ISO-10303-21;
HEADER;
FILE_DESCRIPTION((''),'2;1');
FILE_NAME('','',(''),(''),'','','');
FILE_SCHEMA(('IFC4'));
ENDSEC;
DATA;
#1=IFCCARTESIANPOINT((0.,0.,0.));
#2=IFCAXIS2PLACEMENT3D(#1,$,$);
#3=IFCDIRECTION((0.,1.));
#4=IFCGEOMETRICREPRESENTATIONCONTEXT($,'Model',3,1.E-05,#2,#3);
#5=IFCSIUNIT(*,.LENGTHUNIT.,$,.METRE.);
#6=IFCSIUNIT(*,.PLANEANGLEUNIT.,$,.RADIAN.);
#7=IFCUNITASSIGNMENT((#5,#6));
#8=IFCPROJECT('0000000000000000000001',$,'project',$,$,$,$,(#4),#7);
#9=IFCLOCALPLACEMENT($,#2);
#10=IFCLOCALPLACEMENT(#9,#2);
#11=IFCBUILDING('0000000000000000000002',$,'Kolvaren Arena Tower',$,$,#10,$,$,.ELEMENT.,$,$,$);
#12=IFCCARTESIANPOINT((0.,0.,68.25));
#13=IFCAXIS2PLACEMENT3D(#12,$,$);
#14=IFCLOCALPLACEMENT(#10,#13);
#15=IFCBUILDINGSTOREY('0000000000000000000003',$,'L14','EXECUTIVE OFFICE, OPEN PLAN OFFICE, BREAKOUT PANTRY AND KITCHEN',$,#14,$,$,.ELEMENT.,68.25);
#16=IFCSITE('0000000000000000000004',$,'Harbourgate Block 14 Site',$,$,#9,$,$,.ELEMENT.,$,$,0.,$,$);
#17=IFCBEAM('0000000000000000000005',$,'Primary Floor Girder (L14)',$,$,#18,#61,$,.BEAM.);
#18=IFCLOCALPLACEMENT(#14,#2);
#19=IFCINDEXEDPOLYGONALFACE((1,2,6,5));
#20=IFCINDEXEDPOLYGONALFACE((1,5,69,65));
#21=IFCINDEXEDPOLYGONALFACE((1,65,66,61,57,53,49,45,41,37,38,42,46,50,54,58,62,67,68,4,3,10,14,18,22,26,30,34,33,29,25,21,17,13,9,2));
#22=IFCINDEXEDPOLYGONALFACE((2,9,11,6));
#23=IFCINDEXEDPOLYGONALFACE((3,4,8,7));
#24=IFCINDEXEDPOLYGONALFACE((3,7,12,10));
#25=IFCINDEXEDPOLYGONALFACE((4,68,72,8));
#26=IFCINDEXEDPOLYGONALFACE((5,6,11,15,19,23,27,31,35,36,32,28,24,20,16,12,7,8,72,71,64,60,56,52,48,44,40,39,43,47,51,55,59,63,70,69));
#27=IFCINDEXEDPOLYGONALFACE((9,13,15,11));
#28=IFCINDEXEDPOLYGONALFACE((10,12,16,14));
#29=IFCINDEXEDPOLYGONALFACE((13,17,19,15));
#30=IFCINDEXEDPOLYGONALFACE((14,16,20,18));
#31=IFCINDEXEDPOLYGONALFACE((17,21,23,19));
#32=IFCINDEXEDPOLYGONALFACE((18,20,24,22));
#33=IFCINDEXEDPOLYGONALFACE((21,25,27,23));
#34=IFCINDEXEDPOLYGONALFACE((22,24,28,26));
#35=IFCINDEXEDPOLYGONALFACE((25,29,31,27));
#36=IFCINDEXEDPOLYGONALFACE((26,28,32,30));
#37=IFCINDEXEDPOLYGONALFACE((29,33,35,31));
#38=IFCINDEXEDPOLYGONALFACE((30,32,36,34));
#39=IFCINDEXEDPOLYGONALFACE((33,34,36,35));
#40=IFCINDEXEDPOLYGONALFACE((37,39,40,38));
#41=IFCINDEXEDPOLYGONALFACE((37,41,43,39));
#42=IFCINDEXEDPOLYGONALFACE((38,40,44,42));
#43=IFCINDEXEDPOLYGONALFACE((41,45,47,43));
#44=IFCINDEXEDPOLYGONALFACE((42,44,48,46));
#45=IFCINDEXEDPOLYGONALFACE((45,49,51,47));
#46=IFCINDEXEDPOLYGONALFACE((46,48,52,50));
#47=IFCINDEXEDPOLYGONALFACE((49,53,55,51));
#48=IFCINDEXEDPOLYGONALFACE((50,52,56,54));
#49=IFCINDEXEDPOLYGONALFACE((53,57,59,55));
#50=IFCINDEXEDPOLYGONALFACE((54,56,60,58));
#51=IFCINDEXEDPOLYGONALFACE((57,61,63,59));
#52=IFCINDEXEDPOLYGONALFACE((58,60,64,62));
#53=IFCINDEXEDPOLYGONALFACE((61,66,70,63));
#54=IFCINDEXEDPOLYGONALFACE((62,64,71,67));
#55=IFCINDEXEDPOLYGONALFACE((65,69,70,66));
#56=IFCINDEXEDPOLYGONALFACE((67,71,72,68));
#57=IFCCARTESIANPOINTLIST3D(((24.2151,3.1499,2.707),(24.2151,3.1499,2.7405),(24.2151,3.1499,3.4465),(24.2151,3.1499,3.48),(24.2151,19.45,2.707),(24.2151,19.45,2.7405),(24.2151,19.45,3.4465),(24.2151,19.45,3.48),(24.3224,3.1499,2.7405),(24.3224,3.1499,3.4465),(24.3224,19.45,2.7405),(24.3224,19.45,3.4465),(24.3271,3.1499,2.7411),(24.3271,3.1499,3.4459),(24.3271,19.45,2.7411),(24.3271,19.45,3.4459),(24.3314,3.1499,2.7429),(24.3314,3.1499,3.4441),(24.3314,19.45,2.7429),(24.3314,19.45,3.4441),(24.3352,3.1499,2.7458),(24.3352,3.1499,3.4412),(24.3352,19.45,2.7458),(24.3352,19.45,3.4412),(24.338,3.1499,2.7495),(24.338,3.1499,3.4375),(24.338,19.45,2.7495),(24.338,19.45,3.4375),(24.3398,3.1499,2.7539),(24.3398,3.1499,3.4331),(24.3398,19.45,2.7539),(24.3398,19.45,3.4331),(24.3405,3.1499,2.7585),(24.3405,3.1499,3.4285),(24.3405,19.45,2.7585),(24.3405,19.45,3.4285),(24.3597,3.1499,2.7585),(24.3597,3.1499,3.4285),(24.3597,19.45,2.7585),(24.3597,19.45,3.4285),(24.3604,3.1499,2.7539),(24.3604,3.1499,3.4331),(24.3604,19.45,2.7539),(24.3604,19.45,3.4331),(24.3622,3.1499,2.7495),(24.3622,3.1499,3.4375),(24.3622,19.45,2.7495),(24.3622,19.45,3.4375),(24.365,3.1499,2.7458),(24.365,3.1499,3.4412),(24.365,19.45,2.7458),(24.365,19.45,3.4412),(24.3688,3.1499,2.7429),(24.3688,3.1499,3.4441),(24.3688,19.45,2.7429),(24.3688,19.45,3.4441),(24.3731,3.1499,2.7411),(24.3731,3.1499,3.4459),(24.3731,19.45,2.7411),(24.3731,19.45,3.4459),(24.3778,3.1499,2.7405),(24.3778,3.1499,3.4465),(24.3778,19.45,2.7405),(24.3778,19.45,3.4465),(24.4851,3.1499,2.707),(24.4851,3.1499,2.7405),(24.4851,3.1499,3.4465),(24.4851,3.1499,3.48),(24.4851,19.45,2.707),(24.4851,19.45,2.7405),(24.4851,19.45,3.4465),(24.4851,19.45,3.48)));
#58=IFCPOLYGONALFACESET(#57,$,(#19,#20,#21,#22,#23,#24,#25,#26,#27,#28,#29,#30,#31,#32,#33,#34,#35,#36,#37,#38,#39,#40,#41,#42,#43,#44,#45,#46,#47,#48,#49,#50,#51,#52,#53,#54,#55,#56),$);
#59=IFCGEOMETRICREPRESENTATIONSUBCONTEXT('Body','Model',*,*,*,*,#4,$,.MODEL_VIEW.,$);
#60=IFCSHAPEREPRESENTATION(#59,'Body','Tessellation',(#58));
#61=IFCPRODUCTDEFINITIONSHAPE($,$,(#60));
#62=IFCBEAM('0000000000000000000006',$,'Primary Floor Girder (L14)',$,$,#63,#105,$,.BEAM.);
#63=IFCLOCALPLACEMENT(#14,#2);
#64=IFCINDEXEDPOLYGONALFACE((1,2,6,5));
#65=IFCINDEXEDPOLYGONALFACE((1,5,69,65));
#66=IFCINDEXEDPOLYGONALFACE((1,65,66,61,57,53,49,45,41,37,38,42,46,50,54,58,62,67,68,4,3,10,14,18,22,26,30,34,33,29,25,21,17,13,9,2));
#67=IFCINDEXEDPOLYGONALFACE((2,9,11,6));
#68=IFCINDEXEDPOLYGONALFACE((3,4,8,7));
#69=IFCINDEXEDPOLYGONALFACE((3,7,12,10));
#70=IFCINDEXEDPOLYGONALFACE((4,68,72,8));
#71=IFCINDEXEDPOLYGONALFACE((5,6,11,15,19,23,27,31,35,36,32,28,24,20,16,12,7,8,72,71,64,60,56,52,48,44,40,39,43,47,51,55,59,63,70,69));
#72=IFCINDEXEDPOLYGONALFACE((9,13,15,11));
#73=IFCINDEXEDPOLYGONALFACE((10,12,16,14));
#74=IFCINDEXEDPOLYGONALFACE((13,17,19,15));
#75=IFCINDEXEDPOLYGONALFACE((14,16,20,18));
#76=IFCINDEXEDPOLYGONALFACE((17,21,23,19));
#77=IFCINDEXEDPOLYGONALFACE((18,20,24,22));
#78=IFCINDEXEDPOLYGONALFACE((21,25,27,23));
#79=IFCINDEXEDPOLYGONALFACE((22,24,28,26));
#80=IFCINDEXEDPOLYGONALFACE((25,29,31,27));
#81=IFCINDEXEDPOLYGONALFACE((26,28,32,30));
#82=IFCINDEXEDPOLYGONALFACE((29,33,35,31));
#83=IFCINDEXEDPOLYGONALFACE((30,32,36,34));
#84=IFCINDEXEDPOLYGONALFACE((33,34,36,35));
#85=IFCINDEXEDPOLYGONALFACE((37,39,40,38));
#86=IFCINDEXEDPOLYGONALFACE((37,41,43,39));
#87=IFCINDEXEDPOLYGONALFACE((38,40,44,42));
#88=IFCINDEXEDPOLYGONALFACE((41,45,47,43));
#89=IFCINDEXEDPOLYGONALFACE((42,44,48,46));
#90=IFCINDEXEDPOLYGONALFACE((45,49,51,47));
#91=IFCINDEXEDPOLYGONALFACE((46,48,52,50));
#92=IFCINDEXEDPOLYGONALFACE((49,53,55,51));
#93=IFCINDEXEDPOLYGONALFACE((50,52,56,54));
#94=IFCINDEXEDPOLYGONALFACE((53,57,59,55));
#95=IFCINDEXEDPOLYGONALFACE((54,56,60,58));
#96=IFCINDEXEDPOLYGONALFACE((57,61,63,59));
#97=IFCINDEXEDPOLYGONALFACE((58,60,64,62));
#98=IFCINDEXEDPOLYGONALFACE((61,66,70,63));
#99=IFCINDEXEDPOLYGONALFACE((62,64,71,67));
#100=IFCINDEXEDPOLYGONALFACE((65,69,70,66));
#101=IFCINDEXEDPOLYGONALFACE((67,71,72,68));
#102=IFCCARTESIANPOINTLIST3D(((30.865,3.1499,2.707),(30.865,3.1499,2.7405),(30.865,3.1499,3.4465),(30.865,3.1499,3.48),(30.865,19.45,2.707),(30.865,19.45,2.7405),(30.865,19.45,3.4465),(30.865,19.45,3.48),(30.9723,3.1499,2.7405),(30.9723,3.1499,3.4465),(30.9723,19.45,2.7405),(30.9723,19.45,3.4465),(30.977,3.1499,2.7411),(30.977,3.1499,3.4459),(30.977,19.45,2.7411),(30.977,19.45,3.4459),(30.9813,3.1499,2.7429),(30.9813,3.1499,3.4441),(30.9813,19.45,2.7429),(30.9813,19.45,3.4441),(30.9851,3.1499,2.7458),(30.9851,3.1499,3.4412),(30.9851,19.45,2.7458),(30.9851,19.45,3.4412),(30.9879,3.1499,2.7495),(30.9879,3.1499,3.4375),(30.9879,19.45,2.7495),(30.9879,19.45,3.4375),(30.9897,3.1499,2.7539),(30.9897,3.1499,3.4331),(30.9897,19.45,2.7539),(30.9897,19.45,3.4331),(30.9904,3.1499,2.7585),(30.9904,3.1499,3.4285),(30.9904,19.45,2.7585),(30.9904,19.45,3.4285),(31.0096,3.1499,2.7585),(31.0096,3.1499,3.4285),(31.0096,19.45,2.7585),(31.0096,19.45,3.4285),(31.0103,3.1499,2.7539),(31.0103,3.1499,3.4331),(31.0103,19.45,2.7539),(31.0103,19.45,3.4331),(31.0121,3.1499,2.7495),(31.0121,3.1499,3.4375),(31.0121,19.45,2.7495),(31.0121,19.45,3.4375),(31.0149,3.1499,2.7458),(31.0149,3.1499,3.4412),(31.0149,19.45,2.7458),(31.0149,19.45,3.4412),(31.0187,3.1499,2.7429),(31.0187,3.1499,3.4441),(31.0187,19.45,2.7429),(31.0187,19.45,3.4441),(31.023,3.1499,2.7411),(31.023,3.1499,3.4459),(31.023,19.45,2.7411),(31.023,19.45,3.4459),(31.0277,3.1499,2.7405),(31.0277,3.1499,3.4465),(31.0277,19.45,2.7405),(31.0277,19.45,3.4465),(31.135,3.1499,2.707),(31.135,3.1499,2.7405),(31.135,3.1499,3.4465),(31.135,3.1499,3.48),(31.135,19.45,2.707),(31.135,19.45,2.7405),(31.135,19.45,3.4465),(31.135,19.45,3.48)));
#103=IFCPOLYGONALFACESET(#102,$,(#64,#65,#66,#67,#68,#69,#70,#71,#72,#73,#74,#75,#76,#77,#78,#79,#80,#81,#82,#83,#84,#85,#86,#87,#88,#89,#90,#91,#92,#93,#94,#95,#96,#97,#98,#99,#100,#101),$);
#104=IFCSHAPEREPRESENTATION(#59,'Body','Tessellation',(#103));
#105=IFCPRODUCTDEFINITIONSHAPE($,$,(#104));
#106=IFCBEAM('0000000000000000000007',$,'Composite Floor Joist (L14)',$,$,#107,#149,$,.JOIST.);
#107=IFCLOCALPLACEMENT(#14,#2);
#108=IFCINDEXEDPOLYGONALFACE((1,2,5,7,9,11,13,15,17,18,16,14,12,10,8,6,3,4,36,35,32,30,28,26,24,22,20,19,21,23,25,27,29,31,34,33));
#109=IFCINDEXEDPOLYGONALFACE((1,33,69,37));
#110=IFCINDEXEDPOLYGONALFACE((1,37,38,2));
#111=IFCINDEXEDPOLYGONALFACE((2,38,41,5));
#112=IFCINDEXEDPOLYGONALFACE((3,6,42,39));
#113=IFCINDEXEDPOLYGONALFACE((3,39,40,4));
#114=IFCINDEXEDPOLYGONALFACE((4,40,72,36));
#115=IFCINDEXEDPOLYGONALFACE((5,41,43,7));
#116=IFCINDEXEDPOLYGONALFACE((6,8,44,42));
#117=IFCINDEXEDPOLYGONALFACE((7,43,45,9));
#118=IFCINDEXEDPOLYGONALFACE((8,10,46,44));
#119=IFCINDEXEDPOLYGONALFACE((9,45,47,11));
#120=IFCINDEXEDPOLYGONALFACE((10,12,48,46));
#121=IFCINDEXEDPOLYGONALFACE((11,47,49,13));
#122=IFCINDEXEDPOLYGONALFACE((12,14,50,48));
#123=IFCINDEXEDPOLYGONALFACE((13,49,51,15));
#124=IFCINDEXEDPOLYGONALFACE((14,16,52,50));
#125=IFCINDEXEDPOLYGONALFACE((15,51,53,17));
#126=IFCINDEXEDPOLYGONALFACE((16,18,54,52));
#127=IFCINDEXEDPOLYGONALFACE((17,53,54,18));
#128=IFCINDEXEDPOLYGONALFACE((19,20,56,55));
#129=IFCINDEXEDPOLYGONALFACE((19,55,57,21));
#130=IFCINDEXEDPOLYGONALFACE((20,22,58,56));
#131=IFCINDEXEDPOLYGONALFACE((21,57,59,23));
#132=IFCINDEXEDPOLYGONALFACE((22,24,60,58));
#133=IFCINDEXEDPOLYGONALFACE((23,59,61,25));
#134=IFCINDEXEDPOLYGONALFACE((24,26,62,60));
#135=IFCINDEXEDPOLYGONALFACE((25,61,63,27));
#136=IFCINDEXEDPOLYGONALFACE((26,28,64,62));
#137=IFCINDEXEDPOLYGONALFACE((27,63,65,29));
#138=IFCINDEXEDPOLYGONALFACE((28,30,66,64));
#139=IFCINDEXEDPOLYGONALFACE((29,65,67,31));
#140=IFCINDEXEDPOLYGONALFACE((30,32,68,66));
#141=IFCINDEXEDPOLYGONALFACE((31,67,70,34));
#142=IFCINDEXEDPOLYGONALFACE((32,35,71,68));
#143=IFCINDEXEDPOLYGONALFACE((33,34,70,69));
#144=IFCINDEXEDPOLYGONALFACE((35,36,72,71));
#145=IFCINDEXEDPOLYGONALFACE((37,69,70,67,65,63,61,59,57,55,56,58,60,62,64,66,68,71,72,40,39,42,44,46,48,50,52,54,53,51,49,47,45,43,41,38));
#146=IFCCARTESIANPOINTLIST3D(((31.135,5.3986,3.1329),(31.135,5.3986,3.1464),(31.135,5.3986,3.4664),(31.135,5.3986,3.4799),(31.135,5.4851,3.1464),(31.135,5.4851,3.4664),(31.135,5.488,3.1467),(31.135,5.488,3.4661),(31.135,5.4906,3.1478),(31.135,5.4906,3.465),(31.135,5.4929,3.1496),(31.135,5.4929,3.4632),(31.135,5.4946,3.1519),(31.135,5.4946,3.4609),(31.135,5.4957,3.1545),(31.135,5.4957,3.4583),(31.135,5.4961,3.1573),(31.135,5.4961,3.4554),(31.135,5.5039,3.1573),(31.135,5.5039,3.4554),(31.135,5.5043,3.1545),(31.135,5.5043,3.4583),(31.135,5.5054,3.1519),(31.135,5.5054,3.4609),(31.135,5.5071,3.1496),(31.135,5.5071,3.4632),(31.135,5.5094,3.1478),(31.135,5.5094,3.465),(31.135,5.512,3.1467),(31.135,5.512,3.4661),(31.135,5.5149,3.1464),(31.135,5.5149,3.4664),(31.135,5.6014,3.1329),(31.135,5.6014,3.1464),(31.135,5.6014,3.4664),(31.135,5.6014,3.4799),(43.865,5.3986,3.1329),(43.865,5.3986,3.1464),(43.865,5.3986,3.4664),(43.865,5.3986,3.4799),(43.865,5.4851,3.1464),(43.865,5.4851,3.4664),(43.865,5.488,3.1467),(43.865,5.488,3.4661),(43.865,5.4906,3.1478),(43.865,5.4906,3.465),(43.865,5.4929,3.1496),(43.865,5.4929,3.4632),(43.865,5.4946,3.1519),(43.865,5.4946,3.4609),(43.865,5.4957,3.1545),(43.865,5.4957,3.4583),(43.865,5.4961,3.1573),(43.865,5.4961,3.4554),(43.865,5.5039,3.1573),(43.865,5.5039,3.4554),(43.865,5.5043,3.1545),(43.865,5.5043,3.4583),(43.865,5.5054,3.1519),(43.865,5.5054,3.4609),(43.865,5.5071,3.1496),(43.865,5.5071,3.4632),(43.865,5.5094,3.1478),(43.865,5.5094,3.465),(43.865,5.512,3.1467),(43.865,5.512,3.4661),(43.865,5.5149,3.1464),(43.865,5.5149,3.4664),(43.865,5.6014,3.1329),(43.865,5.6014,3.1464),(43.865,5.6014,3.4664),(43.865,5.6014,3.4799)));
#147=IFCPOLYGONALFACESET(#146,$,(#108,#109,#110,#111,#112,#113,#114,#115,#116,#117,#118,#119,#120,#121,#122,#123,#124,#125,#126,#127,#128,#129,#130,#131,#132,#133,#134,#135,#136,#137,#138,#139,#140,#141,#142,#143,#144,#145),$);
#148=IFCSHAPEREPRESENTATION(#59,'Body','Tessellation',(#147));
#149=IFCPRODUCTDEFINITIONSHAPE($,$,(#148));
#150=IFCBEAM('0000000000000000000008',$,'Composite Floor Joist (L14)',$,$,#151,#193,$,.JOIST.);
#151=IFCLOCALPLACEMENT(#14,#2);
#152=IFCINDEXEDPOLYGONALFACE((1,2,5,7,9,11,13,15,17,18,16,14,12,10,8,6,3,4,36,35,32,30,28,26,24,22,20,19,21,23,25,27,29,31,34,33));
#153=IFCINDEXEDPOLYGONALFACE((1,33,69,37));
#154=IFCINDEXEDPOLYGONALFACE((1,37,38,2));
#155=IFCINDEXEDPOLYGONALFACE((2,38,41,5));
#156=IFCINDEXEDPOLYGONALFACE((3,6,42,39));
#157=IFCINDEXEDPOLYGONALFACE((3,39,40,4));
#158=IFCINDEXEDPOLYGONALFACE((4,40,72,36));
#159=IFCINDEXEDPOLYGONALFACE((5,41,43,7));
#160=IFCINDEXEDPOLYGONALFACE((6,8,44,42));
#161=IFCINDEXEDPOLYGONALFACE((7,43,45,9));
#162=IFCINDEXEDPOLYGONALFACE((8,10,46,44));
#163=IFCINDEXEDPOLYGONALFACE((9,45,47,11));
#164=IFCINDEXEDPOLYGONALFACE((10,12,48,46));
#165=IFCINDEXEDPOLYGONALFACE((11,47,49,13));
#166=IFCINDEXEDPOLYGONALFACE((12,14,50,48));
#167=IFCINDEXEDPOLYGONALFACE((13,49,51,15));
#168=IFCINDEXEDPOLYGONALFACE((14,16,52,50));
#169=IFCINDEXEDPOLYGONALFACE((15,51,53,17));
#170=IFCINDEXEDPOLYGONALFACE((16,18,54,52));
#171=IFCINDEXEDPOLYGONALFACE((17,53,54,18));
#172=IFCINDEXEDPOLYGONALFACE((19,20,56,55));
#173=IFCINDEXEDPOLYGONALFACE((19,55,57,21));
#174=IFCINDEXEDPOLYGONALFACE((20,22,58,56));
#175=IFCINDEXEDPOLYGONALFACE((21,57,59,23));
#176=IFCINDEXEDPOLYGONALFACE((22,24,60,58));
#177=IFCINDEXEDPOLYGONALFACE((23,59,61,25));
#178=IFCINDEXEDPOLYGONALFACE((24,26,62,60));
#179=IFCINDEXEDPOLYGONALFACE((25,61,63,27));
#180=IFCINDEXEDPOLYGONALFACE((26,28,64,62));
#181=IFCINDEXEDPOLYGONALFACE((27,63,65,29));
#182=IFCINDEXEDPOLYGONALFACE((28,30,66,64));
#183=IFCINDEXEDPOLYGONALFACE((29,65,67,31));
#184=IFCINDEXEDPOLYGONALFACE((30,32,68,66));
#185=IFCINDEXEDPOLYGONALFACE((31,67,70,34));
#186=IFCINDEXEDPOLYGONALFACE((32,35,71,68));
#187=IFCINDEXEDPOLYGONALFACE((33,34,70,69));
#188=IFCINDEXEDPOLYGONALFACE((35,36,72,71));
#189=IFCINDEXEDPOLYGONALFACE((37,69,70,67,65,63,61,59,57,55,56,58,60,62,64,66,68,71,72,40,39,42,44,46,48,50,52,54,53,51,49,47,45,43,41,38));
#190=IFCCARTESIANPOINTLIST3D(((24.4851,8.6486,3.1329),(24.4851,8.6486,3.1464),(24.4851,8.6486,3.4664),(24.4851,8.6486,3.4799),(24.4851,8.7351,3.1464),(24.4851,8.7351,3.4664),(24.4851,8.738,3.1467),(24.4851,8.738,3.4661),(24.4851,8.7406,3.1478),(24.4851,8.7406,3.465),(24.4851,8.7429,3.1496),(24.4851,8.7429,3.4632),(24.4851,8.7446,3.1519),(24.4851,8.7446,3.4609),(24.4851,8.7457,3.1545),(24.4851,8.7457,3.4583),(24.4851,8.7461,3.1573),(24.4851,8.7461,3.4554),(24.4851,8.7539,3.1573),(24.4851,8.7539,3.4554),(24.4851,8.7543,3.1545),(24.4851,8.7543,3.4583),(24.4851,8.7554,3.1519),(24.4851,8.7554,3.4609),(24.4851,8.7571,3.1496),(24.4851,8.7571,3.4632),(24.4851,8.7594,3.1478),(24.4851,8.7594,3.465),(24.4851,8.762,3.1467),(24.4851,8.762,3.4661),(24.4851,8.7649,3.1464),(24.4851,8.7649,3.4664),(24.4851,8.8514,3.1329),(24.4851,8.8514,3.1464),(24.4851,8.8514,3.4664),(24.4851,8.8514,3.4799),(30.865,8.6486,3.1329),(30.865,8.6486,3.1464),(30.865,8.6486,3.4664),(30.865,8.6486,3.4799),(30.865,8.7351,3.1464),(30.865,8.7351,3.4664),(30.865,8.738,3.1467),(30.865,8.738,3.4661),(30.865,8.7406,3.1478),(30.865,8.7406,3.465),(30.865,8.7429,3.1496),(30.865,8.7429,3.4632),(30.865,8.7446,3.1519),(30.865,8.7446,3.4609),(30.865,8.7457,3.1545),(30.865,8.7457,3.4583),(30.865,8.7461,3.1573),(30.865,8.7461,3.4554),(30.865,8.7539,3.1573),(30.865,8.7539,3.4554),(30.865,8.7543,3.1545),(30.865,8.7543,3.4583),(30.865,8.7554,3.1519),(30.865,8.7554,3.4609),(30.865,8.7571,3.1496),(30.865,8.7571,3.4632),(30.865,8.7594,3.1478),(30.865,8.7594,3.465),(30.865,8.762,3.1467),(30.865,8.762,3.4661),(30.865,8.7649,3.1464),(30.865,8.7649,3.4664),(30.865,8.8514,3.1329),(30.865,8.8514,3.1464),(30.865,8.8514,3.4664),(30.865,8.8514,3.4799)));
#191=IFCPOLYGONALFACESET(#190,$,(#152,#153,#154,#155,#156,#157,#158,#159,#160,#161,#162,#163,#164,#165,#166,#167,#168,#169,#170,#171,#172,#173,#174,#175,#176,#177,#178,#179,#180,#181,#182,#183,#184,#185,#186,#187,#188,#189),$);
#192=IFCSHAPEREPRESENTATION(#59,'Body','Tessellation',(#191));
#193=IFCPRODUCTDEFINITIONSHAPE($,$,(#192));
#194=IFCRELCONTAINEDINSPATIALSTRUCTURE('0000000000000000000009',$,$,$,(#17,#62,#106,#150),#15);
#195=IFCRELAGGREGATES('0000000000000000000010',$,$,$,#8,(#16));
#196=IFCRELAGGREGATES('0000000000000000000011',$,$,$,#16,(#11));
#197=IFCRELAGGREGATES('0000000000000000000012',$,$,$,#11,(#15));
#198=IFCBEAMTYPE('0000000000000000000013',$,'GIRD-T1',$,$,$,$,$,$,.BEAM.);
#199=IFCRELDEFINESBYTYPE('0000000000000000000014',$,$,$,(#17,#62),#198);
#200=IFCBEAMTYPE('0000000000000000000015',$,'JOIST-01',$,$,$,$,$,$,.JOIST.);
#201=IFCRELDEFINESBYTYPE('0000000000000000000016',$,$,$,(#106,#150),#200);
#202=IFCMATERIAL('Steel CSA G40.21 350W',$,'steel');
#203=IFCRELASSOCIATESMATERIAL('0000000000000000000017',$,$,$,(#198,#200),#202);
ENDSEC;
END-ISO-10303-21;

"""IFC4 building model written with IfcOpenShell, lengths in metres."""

from ifc_helpers import new_model, si_unit, direction, frame, origin, origin_2d, place, context, subcontext, project, spatial, i_section, extrude, material, material_profile, profile_set, type_object, element, save


model = new_model("IFC4")

# Units and contexts
model_context = context("Model", 3, precision=1e-05, world=origin(), true_north=direction((0.0, 1.0)))
body_context = subcontext(model_context, "Body", "Model", "MODEL_VIEW")
ifc_project = project(units=[si_unit("LENGTHUNIT", "METRE"), si_unit("PLANEANGLEUNIT", "RADIAN")], contexts=[model_context])

# Site, building, storey
site_placement = place(None, origin())
site = spatial("IfcSite", under=ifc_project, at=site_placement, Name="Harbourgate Block 14 Site", CompositionType="ELEMENT", RefElevation=0.0)
building_placement = place(site_placement, origin())
building = spatial("IfcBuilding", under=site, at=building_placement, Name="Kolvaren Arena Tower", CompositionType="ELEMENT")
storey_placement = place(building_placement, frame((0.0, 0.0, 68.25)))
storey = spatial("IfcBuildingStorey", under=building, at=storey_placement, Name="L14", Description="EXECUTIVE OFFICE, OPEN PLAN OFFICE, BREAKOUT PANTRY AND KITCHEN", CompositionType="ELEMENT", Elevation=68.25)

# Beams
ifc_material_1 = material(Name="Steel CSA G40.21 350W", Category="steel")
ifc_material_profile_1 = material_profile(ifc_material_1, i_section(OverallWidth=0.27, OverallDepth=0.7729, WebThickness=0.0193, FlangeThickness=0.0334, FilletRadius=0.0181, at=origin_2d()), Name="W760x257")
ifc_profile_set_1 = profile_set([ifc_material_profile_1], Name="Steel CSA G40.21 350W")
beam_type_1 = type_object("IfcBeamType", Name="GIRD-T1", PredefinedType="BEAM", material=ifc_profile_set_1)
for number, where, z_axis, x_axis, name in (
    (1, (24.3501, 3.1499, 3.0935), (0.0, 1.0, 0.0), (-1.0, 0.0, 0.0), "Primary Floor Girder (L14)"),
    (2, (31.0, 3.1499, 3.0935), (0.0, 1.0, 0.0), (-1.0, 0.0, 0.0), "Primary Floor Girder (L14)"),
):
    element("IfcBeam", number, at=place(storey_placement, frame(where, z_axis=z_axis, x_axis=x_axis)), inside=storey, type_object=beam_type_1, Name=name, PredefinedType="BEAM", context=body_context, shape_type="SweptSolid", body=[
        extrude(i_section(OverallWidth=0.27, OverallDepth=0.7729, WebThickness=0.0193, FlangeThickness=0.0334, FilletRadius=0.0181, at=origin_2d()), origin(), (0.0, 0.0, 1.0), 16.3),
    ])
ifc_material_profile_2 = material_profile(ifc_material_1, i_section(OverallWidth=0.2029, OverallDepth=0.3469, WebThickness=0.0078, FlangeThickness=0.0134, FilletRadius=0.011, at=origin_2d()), Name="W360x64")
ifc_profile_set_2 = profile_set([ifc_material_profile_2], Name="Steel CSA G40.21 350W")
beam_type_2 = type_object("IfcBeamType", Name="JOIST-01", PredefinedType="JOIST", material=ifc_profile_set_2)
beam_1_placement = place(storey_placement, frame((31.135, 5.5, 3.3064), z_axis=(1.0, 0.0, 0.0), x_axis=(0.0, 1.0, 0.0)))
element("IfcBeam", 3, at=beam_1_placement, inside=storey, type_object=beam_type_2, Name="Composite Floor Joist (L14)", PredefinedType="JOIST", context=body_context, shape_type="SweptSolid", body=[
    extrude(i_section(OverallWidth=0.2029, OverallDepth=0.3469, WebThickness=0.0078, FlangeThickness=0.0134, FilletRadius=0.011, at=origin_2d()), origin(), (0.0, 0.0, 1.0), 12.73),
])
beam_2_placement = place(storey_placement, frame((24.4851, 8.75, 3.3064), z_axis=(1.0, 0.0, 0.0), x_axis=(0.0, 1.0, 0.0)))
element("IfcBeam", 4, at=beam_2_placement, inside=storey, type_object=beam_type_2, Name="Composite Floor Joist (L14)", PredefinedType="JOIST", context=body_context, shape_type="SweptSolid", body=[
    extrude(i_section(OverallWidth=0.2029, OverallDepth=0.3469, WebThickness=0.0078, FlangeThickness=0.0134, FilletRadius=0.011, at=origin_2d()), origin(), (0.0, 0.0, 1.0), 6.3799),
])

save(model, "model.ifc")
